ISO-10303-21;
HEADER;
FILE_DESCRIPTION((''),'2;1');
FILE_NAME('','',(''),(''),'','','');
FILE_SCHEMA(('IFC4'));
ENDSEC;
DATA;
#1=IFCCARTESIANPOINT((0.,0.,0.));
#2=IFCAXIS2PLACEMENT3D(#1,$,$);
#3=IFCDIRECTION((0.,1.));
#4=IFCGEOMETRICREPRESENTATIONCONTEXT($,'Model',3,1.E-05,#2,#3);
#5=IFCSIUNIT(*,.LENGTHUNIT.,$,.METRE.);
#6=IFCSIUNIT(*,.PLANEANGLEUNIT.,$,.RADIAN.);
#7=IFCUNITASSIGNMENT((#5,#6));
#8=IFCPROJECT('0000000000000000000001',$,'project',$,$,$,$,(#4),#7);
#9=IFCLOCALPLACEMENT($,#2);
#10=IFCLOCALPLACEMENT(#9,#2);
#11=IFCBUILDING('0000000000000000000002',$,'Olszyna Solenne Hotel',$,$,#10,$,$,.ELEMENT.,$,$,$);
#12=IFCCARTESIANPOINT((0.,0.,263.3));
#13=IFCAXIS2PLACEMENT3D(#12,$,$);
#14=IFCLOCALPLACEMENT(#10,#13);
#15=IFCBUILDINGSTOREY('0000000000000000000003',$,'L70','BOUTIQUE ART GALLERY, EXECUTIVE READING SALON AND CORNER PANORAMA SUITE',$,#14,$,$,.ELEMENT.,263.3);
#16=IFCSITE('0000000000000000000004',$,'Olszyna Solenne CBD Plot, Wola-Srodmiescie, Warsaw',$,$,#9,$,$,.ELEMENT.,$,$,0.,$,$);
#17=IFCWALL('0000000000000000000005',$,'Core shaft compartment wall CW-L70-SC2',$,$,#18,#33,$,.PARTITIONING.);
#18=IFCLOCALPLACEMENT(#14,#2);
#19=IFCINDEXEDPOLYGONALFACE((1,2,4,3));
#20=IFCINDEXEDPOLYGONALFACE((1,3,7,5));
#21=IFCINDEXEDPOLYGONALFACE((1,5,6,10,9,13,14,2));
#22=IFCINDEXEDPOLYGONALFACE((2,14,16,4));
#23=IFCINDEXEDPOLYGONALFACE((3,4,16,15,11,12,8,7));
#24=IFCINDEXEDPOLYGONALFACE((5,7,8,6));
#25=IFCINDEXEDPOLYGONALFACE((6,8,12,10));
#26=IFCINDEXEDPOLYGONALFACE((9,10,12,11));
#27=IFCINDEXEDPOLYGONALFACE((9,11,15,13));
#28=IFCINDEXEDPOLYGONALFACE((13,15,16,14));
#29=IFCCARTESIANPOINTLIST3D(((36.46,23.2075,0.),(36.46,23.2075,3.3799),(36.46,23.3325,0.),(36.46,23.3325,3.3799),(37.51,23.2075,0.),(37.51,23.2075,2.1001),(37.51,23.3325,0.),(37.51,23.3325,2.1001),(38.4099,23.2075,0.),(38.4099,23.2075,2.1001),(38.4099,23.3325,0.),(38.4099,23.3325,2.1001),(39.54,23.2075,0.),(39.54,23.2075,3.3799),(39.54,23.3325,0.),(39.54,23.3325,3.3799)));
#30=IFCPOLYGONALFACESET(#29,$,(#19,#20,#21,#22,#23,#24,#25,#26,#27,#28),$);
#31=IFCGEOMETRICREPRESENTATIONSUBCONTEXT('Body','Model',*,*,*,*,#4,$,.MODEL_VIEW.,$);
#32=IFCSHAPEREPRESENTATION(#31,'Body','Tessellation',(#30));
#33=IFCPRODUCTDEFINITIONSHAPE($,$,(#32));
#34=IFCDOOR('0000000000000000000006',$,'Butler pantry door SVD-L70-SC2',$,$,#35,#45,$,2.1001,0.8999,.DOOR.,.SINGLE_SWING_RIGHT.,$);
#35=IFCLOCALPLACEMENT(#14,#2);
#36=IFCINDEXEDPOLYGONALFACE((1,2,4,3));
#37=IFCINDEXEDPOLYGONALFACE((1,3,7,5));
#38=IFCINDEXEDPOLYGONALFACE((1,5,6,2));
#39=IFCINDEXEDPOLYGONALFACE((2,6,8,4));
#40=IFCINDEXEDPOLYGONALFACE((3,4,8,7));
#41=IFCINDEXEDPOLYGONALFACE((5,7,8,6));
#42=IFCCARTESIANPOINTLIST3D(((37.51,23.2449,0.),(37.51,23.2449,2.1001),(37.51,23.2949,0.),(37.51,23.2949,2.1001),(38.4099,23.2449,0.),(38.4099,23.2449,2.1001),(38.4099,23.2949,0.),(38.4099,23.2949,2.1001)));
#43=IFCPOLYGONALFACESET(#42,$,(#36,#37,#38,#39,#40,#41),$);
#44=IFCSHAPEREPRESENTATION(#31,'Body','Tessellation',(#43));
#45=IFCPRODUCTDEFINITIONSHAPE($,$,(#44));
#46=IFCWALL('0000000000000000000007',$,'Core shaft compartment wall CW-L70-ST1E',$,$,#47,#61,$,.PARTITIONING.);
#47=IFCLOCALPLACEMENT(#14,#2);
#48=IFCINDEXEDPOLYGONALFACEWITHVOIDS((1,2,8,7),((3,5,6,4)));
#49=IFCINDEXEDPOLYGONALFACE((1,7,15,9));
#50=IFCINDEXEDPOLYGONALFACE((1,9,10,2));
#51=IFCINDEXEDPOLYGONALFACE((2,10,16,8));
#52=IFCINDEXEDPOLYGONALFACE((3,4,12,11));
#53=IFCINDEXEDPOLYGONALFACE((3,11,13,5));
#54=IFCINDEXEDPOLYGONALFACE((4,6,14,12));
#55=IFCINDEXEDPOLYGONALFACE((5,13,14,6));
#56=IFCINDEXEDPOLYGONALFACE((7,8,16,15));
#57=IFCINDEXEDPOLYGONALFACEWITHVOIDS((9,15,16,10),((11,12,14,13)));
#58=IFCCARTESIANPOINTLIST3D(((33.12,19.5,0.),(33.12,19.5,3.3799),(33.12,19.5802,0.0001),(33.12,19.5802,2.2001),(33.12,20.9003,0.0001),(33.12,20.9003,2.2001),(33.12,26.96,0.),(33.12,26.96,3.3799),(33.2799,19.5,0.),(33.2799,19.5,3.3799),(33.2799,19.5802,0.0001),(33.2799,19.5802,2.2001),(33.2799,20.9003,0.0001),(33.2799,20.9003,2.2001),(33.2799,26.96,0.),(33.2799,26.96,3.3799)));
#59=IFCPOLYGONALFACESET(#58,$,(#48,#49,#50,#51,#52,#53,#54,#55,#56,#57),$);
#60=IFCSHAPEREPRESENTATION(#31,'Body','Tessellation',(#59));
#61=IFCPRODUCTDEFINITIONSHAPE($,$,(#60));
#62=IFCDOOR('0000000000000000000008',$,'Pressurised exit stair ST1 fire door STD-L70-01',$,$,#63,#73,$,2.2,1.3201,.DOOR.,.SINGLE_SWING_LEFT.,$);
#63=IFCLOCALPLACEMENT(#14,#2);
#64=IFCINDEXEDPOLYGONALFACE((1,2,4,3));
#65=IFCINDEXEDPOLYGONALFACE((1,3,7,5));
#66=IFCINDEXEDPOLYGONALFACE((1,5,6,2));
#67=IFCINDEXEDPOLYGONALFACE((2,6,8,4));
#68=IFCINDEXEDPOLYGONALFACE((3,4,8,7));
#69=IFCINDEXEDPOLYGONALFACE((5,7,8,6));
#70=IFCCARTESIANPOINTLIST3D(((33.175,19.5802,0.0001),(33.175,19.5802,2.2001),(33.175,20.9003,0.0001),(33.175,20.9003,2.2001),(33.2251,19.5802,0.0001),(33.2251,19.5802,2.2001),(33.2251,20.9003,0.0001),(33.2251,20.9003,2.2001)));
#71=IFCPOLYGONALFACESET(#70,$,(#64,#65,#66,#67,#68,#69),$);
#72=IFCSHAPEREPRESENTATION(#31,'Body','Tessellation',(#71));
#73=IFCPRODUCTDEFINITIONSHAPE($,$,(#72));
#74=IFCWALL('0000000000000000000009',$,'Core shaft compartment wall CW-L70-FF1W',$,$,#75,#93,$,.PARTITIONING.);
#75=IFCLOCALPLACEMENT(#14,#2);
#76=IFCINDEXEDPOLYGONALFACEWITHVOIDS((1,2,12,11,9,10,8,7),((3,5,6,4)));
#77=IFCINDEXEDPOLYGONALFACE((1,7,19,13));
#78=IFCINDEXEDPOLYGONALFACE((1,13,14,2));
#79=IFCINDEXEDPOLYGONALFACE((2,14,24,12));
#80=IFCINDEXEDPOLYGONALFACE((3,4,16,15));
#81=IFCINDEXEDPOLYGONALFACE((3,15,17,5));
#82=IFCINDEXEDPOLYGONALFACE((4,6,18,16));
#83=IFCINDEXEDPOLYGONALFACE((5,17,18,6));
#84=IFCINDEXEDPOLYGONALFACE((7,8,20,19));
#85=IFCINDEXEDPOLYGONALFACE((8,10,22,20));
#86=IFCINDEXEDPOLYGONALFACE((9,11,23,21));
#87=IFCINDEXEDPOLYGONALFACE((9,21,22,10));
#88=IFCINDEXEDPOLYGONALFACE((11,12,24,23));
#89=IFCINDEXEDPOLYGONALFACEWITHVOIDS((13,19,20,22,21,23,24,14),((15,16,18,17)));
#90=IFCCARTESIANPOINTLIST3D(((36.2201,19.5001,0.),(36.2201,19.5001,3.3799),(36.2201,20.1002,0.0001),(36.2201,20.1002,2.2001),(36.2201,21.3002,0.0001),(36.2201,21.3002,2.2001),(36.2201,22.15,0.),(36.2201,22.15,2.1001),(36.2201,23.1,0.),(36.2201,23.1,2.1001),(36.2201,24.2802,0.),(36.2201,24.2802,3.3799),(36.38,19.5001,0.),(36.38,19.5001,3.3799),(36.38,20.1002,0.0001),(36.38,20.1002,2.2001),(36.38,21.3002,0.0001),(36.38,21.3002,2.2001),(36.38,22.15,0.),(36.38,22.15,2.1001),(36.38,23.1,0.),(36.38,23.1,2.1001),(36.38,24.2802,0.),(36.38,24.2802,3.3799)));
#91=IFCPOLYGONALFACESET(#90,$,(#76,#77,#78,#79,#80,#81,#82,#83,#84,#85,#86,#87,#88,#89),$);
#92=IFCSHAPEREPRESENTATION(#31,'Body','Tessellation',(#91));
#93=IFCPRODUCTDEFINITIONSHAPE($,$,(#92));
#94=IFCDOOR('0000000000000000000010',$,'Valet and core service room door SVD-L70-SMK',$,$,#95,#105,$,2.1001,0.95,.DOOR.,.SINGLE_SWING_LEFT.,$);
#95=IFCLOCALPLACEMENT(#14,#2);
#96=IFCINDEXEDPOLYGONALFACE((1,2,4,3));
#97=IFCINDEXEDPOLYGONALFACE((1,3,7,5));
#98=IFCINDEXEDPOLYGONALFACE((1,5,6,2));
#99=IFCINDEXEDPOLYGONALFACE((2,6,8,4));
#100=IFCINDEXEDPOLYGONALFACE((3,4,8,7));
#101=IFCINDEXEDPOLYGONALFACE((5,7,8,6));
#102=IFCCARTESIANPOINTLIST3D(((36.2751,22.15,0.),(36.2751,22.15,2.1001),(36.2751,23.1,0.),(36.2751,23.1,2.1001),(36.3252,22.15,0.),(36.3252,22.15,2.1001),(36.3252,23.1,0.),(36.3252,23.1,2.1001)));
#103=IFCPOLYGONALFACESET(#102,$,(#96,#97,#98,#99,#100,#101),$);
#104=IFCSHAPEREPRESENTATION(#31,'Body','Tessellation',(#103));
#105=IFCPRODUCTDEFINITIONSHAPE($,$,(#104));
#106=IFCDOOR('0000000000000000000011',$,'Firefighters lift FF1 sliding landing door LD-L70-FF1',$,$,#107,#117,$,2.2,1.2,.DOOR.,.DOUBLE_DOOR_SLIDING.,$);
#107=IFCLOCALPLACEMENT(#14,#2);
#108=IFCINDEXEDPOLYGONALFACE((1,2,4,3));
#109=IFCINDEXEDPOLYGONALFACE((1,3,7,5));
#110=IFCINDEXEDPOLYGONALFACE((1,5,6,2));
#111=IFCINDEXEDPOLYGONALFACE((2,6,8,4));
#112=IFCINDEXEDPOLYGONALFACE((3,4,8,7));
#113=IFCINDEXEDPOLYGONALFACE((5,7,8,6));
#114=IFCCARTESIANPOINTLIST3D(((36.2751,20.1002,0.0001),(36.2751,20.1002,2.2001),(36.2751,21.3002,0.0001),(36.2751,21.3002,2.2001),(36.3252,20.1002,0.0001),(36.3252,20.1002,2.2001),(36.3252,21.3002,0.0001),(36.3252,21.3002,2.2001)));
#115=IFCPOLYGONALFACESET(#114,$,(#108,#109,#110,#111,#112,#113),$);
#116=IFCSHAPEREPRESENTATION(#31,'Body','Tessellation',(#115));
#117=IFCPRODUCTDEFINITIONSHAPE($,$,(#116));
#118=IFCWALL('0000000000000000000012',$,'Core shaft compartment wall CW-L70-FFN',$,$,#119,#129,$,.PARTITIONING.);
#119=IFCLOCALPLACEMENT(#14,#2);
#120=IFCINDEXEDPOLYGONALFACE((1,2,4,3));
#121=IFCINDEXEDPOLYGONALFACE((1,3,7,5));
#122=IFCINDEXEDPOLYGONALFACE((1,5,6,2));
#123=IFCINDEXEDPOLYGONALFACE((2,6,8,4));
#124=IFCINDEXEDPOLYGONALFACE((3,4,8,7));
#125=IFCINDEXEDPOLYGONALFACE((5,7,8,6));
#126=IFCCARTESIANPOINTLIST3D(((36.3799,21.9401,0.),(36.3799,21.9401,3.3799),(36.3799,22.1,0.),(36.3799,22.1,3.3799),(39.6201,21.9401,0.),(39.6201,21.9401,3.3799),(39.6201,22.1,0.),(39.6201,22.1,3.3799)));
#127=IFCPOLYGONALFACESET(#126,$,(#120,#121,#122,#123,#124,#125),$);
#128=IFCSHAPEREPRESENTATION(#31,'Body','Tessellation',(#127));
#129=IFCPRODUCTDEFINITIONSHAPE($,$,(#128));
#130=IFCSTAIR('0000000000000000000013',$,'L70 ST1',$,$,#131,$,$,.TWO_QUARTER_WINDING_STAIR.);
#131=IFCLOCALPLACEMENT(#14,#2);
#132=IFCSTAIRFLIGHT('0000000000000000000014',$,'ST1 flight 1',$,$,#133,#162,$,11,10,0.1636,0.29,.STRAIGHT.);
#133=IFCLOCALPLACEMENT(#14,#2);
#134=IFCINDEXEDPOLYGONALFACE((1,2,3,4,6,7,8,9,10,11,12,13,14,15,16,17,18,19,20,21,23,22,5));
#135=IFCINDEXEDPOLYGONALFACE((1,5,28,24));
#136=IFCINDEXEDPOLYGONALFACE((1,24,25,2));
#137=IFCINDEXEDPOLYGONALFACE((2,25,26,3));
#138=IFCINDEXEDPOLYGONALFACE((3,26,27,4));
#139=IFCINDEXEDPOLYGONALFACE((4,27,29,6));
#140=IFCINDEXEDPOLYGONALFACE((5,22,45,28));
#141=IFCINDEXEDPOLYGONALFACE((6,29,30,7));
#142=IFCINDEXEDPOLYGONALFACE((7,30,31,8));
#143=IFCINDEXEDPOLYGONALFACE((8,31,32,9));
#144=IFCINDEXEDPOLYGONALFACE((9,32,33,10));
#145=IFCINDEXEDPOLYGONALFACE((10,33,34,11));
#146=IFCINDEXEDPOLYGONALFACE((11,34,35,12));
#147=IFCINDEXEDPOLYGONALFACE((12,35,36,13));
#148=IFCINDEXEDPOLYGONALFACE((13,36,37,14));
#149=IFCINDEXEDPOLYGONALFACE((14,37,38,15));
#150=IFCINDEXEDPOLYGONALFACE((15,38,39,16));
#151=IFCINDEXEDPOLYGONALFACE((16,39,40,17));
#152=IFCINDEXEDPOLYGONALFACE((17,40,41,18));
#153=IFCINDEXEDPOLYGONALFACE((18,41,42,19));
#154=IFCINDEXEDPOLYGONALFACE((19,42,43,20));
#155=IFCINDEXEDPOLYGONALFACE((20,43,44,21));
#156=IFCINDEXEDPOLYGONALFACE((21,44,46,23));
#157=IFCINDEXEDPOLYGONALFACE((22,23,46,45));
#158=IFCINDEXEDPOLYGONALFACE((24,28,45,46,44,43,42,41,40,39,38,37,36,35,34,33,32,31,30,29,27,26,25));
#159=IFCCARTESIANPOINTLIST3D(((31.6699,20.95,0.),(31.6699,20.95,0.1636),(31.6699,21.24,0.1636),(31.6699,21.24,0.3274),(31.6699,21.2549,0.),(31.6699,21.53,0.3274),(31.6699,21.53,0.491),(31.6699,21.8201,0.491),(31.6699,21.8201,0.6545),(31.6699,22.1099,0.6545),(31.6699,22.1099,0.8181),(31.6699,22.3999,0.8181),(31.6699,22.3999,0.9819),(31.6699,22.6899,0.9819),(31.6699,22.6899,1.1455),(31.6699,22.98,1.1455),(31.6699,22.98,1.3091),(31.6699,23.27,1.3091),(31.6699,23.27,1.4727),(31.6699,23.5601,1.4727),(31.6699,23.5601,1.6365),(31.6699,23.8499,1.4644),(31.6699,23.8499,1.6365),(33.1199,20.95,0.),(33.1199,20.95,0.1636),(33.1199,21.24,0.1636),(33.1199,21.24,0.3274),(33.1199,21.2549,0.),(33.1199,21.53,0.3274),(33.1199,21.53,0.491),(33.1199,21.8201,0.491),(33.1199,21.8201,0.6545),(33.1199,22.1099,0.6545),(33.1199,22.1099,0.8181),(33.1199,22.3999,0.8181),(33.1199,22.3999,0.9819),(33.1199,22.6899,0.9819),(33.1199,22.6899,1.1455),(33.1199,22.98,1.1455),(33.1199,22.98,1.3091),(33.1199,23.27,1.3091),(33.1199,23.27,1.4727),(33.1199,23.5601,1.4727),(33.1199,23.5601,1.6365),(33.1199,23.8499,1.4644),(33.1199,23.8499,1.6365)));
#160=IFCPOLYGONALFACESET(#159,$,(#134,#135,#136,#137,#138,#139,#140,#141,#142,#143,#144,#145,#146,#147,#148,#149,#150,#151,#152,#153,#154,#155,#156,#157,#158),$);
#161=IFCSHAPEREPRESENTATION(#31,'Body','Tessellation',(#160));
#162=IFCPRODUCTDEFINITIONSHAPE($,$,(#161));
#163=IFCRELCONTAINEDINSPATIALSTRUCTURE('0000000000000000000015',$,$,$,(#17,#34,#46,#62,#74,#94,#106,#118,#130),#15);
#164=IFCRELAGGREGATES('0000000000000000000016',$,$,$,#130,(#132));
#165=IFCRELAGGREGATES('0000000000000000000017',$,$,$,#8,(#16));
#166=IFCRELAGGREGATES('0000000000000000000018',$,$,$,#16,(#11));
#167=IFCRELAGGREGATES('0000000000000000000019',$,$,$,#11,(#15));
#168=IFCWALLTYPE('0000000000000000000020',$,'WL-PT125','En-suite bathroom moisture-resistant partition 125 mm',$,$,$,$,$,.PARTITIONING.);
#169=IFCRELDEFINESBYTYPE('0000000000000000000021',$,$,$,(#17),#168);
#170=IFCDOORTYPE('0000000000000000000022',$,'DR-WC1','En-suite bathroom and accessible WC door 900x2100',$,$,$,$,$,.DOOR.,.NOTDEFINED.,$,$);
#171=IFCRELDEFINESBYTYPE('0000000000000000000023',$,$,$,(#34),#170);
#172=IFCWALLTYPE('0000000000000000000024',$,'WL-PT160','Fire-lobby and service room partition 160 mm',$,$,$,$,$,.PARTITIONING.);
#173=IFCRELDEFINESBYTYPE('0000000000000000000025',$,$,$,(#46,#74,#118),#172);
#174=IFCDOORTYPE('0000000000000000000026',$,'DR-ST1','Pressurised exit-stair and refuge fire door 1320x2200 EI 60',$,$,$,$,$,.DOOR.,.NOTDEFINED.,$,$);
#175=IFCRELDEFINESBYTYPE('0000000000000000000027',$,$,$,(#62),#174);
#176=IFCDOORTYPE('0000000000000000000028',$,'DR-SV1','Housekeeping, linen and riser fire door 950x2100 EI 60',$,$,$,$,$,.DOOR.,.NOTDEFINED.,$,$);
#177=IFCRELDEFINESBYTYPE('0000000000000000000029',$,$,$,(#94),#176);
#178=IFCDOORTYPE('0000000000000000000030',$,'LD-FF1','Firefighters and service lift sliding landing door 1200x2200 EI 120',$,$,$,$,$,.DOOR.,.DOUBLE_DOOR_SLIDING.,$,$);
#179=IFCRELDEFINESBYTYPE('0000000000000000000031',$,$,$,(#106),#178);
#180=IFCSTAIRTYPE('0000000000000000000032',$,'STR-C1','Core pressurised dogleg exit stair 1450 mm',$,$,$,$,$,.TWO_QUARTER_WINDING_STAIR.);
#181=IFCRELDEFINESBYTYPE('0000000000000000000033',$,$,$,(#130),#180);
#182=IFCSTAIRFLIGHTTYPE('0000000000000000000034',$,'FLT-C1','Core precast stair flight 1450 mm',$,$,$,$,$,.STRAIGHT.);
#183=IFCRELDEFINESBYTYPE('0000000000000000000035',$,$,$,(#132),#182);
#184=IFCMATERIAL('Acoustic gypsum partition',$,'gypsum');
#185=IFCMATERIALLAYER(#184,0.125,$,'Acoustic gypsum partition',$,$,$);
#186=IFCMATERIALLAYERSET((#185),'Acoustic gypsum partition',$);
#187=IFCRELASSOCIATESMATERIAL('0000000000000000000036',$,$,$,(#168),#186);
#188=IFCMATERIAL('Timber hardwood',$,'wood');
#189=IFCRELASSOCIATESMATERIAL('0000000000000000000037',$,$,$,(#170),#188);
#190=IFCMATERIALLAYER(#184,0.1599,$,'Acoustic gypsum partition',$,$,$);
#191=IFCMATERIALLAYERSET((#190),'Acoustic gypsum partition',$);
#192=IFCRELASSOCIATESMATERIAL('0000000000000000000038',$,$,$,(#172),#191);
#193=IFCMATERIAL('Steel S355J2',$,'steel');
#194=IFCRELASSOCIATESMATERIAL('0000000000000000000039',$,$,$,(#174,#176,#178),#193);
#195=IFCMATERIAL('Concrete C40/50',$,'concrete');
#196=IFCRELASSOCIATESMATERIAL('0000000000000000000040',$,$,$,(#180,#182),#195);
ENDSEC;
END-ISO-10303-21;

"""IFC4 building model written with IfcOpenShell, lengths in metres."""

from ifc_helpers import new_model, si_unit, direction, frame, frame_2d, origin, place, context, subcontext, project, spatial, polyline, rectangle, outline, extrude, source, transform, mapped, material, layer, layer_set, type_object, type_shapes, element, fill, aggregate, save


model = new_model("IFC4")

# Units and contexts
model_context = context("Model", 3, precision=1e-05, world=origin(), true_north=direction((0.0, 1.0)))
body_context = subcontext(model_context, "Body", "Model", "MODEL_VIEW")
ifc_project = project(units=[si_unit("LENGTHUNIT", "METRE"), si_unit("PLANEANGLEUNIT", "RADIAN")], contexts=[model_context])

# Site, building, storey
site_placement = place(None, origin())
site = spatial("IfcSite", under=ifc_project, at=site_placement, Name="Olszyna Solenne CBD Plot, Wola-Srodmiescie, Warsaw", CompositionType="ELEMENT", RefElevation=0.0)
building_placement = place(site_placement, origin())
building = spatial("IfcBuilding", under=site, at=building_placement, Name="Olszyna Solenne Hotel", CompositionType="ELEMENT")
storey_placement = place(building_placement, frame((0.0, 0.0, 263.3)))
storey = spatial("IfcBuildingStorey", under=building, at=storey_placement, Name="L70", Description="BOUTIQUE ART GALLERY, EXECUTIVE READING SALON AND CORNER PANORAMA SUITE", CompositionType="ELEMENT", Elevation=263.3)

# Walls, openings, doors
ifc_material_1 = material(Name="Acoustic gypsum partition", Category="gypsum")
ifc_layer_1 = layer(ifc_material_1, 0.125, Name="Acoustic gypsum partition")
ifc_layer_set_1 = layer_set([ifc_layer_1], Name="Acoustic gypsum partition")
wall_type_1 = type_object("IfcWallType", Name="WL-PT125", Description="En-suite bathroom moisture-resistant partition 125 mm", PredefinedType="PARTITIONING", material=ifc_layer_set_1)
wall_1_placement = place(storey_placement, frame((36.46, 23.27, 0.0), z_axis=(0.0, 0.0, 1.0), x_axis=(1.0, 0.0, 0.0)))
wall_1 = element("IfcWall", 1, at=wall_1_placement, inside=storey, type_object=wall_type_1, Name="Core shaft compartment wall CW-L70-SC2", PredefinedType="PARTITIONING", context=body_context, shape_type="SweptSolid", body=[
    extrude(rectangle(XDim=3.0801, YDim=0.125, at=frame_2d((1.54, 0.0))), origin(), (0.0, 0.0, 1.0), 3.3799),
])
opening_1_placement = place(wall_1_placement, frame((1.05, 0.0, 0.0)))
opening_1 = element("IfcOpeningElement", 2, at=opening_1_placement, cuts=wall_1, PredefinedType="OPENING", context=body_context, shape_type="SweptSolid", body=[
    extrude(rectangle(XDim=0.8999, YDim=2.1001, at=frame_2d((0.45, 1.05))), frame((0.0, 0.0725, 0.0), z_axis=(0.0, -1.0, 0.0), x_axis=(1.0, 0.0, 0.0)), (0.0, 0.0, 1.0), 0.145),
])
ifc_material_2 = material(Name="Timber hardwood", Category="wood")
door_type_1 = type_object("IfcDoorType", Name="DR-WC1", Description="En-suite bathroom and accessible WC door 900x2100", OperationType="NOTDEFINED", PredefinedType="DOOR", material=ifc_material_2)
shared_shape_1 = source(origin(), body_context, "Body", "SweptSolid", [
    extrude(rectangle(XDim=0.8999, YDim=2.1001, at=frame_2d((0.45, 1.05))), frame((0.0, 0.0249, 0.0), z_axis=(0.0, -1.0, 0.0), x_axis=(1.0, 0.0, 0.0)), (0.0, 0.0, 1.0), 0.05),
])
type_shapes(door_type_1, [shared_shape_1])
door_1_placement = place(opening_1_placement, origin())
door_1 = element("IfcDoor", 3, at=door_1_placement, inside=storey, type_object=door_type_1, Name="Butler pantry door SVD-L70-SC2", OperationType="SINGLE_SWING_RIGHT", OverallHeight=2.1001, OverallWidth=0.8999, PredefinedType="DOOR", context=body_context, shape_type="MappedRepresentation", body=[
    mapped(shared_shape_1, transform((0.0, 0.0, 0.0), x_axis=(1.0, 0.0, 0.0), y_axis=(0.0, 1.0, 0.0), z_axis=(0.0, 0.0, 1.0), scale=1.0)),
])
fill(opening_1, door_1)
ifc_layer_2 = layer(ifc_material_1, 0.1599, Name="Acoustic gypsum partition")
ifc_layer_set_2 = layer_set([ifc_layer_2], Name="Acoustic gypsum partition")
wall_type_2 = type_object("IfcWallType", Name="WL-PT160", Description="Fire-lobby and service room partition 160 mm", PredefinedType="PARTITIONING", material=ifc_layer_set_2)
wall_2_placement = place(storey_placement, frame((33.2, 19.5, 0.0), z_axis=(0.0, 0.0, 1.0), x_axis=(0.0, 1.0, 0.0)))
wall_2 = element("IfcWall", 4, at=wall_2_placement, inside=storey, type_object=wall_type_2, Name="Core shaft compartment wall CW-L70-ST1E", PredefinedType="PARTITIONING", context=body_context, shape_type="SweptSolid", body=[
    extrude(rectangle(XDim=7.46, YDim=0.1599, at=frame_2d((3.73, 0.0))), origin(), (0.0, 0.0, 1.0), 3.3799),
])
opening_2_placement = place(wall_2_placement, frame((0.0801, 0.0, 0.0)))
opening_2 = element("IfcOpeningElement", 5, at=opening_2_placement, cuts=wall_2, PredefinedType="OPENING", context=body_context, shape_type="SweptSolid", body=[
    extrude(rectangle(XDim=1.3201, YDim=2.2, at=frame_2d((0.6602, 1.1001))), frame((0.0, 0.0898, 0.0), z_axis=(0.0, -1.0, 0.0), x_axis=(1.0, 0.0, 0.0)), (0.0, 0.0, 1.0), 0.1799),
])
ifc_material_3 = material(Name="Steel S355J2", Category="steel")
door_type_2 = type_object("IfcDoorType", Name="DR-ST1", Description="Pressurised exit-stair and refuge fire door 1320x2200 EI 60", OperationType="NOTDEFINED", PredefinedType="DOOR", material=ifc_material_3)
shared_shape_2 = source(origin(), body_context, "Body", "SweptSolid", [
    extrude(rectangle(XDim=1.3201, YDim=2.2, at=frame_2d((0.6602, 1.1001))), frame((0.0, 0.0249, 0.0), z_axis=(0.0, -1.0, 0.0), x_axis=(1.0, 0.0, 0.0)), (0.0, 0.0, 1.0), 0.05),
])
type_shapes(door_type_2, [shared_shape_2])
door_2_placement = place(opening_2_placement, origin())
door_2 = element("IfcDoor", 6, at=door_2_placement, inside=storey, type_object=door_type_2, Name="Pressurised exit stair ST1 fire door STD-L70-01", OperationType="SINGLE_SWING_LEFT", OverallHeight=2.2, OverallWidth=1.3201, PredefinedType="DOOR", context=body_context, shape_type="MappedRepresentation", body=[
    mapped(shared_shape_2, transform((0.0, 0.0, 0.0), x_axis=(1.0, 0.0, 0.0), y_axis=(0.0, 1.0, 0.0), z_axis=(0.0, 0.0, 1.0), scale=1.0)),
])
fill(opening_2, door_2)

# Wall, openings, doors
wall_3_placement = place(storey_placement, frame((36.3, 19.5, 0.0), z_axis=(0.0, 0.0, 1.0), x_axis=(0.0, 1.0, 0.0)))
wall_3 = element("IfcWall", 7, at=wall_3_placement, inside=storey, type_object=wall_type_2, Name="Core shaft compartment wall CW-L70-FF1W", PredefinedType="PARTITIONING", context=body_context, shape_type="SweptSolid", body=[
    extrude(rectangle(XDim=4.78, YDim=0.1599, at=frame_2d((2.3901, 0.0))), origin(), (0.0, 0.0, 1.0), 3.3799),
])
opening_3_placement = place(wall_3_placement, frame((0.6001, 0.0, 0.0)))
opening_3 = element("IfcOpeningElement", 8, at=opening_3_placement, cuts=wall_3, PredefinedType="OPENING", context=body_context, shape_type="SweptSolid", body=[
    extrude(rectangle(XDim=1.2, YDim=2.2, at=frame_2d((0.6001, 1.1001))), frame((0.0, 0.0898, 0.0), z_axis=(0.0, -1.0, 0.0), x_axis=(1.0, 0.0, 0.0)), (0.0, 0.0, 1.0), 0.1799),
])
opening_4_placement = place(wall_3_placement, frame((2.6499, 0.0, 0.0)))
opening_4 = element("IfcOpeningElement", 9, at=opening_4_placement, cuts=wall_3, PredefinedType="OPENING", context=body_context, shape_type="SweptSolid", body=[
    extrude(rectangle(XDim=0.95, YDim=2.1001, at=frame_2d((0.4751, 1.05))), frame((0.0, 0.0898, 0.0), z_axis=(0.0, -1.0, 0.0), x_axis=(1.0, 0.0, 0.0)), (0.0, 0.0, 1.0), 0.1799),
])
door_type_3 = type_object("IfcDoorType", Name="DR-SV1", Description="Housekeeping, linen and riser fire door 950x2100 EI 60", OperationType="NOTDEFINED", PredefinedType="DOOR", material=ifc_material_3)
shared_shape_3 = source(origin(), body_context, "Body", "SweptSolid", [
    extrude(rectangle(XDim=0.95, YDim=2.1001, at=frame_2d((0.4751, 1.05))), frame((0.0, 0.0249, 0.0), z_axis=(0.0, -1.0, 0.0), x_axis=(1.0, 0.0, 0.0)), (0.0, 0.0, 1.0), 0.05),
])
type_shapes(door_type_3, [shared_shape_3])
door_3_placement = place(opening_4_placement, origin())
door_3 = element("IfcDoor", 10, at=door_3_placement, inside=storey, type_object=door_type_3, Name="Valet and core service room door SVD-L70-SMK", OperationType="SINGLE_SWING_LEFT", OverallHeight=2.1001, OverallWidth=0.95, PredefinedType="DOOR", context=body_context, shape_type="MappedRepresentation", body=[
    mapped(shared_shape_3, transform((0.0, 0.0, 0.0), x_axis=(1.0, 0.0, 0.0), y_axis=(0.0, 1.0, 0.0), z_axis=(0.0, 0.0, 1.0), scale=1.0)),
])
fill(opening_4, door_3)
door_type_4 = type_object("IfcDoorType", Name="LD-FF1", Description="Firefighters and service lift sliding landing door 1200x2200 EI 120", OperationType="DOUBLE_DOOR_SLIDING", PredefinedType="DOOR", material=ifc_material_3)
shared_shape_4 = source(origin(), body_context, "Body", "SweptSolid", [
    extrude(rectangle(XDim=1.2, YDim=2.2, at=frame_2d((0.6001, 1.1001))), frame((0.0, 0.0249, 0.0), z_axis=(0.0, -1.0, 0.0), x_axis=(1.0, 0.0, 0.0)), (0.0, 0.0, 1.0), 0.05),
])
type_shapes(door_type_4, [shared_shape_4])
door_4_placement = place(opening_3_placement, origin())
door_4 = element("IfcDoor", 11, at=door_4_placement, inside=storey, type_object=door_type_4, Name="Firefighters lift FF1 sliding landing door LD-L70-FF1", OperationType="DOUBLE_DOOR_SLIDING", OverallHeight=2.2, OverallWidth=1.2, PredefinedType="DOOR", context=body_context, shape_type="MappedRepresentation", body=[
    mapped(shared_shape_4, transform((0.0, 0.0, 0.0), x_axis=(1.0, 0.0, 0.0), y_axis=(0.0, 1.0, 0.0), z_axis=(0.0, 0.0, 1.0), scale=1.0)),
])
fill(opening_3, door_4)

# Wall
wall_4_placement = place(storey_placement, frame((36.3799, 22.02, 0.0), z_axis=(0.0, 0.0, 1.0), x_axis=(1.0, 0.0, 0.0)))
element("IfcWall", 12, at=wall_4_placement, inside=storey, type_object=wall_type_2, Name="Core shaft compartment wall CW-L70-FFN", PredefinedType="PARTITIONING", context=body_context, shape_type="SweptSolid", body=[
    extrude(rectangle(XDim=3.2402, YDim=0.1599, at=frame_2d((1.6201, 0.0))), origin(), (0.0, 0.0, 1.0), 3.3799),
])

# Stair, stair flight
ifc_material_4 = material(Name="Concrete C40/50", Category="concrete")
stair_type = type_object("IfcStairType", Name="STR-C1", Description="Core pressurised dogleg exit stair 1450 mm", PredefinedType="TWO_QUARTER_WINDING_STAIR", material=ifc_material_4)
stair_placement = place(storey_placement, origin())
stair = element("IfcStair", 13, at=stair_placement, inside=storey, type_object=stair_type, Name="L70 ST1", PredefinedType="TWO_QUARTER_WINDING_STAIR")
stair_flight_type = type_object("IfcStairFlightType", Name="FLT-C1", Description="Core precast stair flight 1450 mm", PredefinedType="STRAIGHT", material=ifc_material_4)
stair_flight_1_placement = place(storey_placement, frame((32.395, 20.95, 0.0), z_axis=(0.0, 0.0, 1.0), x_axis=(0.0, 1.0, 0.0)))
stair_flight_1 = element("IfcStairFlight", 14, at=stair_flight_1_placement, type_object=stair_flight_type, Name="ST1 flight 1", NumberOfRisers=11, NumberOfTreads=10, PredefinedType="STRAIGHT", RiserHeight=0.1636, TreadLength=0.29, context=body_context, shape_type="SweptSolid", body=[
    extrude(outline(polyline([(0.0, 0.0), (0.0, 0.1636), (0.29, 0.1636), (0.29, 0.3274), (0.5801, 0.3274), (0.5801, 0.491), (0.8701, 0.491), (0.8701, 0.6545), (1.1599, 0.6545), (1.1599, 0.8181), (1.45, 0.8181), (1.45, 0.9819), (1.74, 0.9819), (1.74, 1.1455), (2.03, 1.1455), (2.03, 1.3091), (2.3201, 1.3091), (2.3201, 1.4727), (2.6101, 1.4727), (2.6101, 1.6365), (2.8999, 1.6365), (2.8999, 1.8), (2.8999, 1.4644), (0.3049, 0.0), (0.0, 0.0)])), frame((0.0, 0.7251, 0.0), z_axis=(0.0, -1.0, 0.0), x_axis=(1.0, 0.0, 0.0)), (0.0, 0.0, 1.0), 1.45),
])
aggregate(stair, [stair_flight_1])

save(model, "model.ifc")
